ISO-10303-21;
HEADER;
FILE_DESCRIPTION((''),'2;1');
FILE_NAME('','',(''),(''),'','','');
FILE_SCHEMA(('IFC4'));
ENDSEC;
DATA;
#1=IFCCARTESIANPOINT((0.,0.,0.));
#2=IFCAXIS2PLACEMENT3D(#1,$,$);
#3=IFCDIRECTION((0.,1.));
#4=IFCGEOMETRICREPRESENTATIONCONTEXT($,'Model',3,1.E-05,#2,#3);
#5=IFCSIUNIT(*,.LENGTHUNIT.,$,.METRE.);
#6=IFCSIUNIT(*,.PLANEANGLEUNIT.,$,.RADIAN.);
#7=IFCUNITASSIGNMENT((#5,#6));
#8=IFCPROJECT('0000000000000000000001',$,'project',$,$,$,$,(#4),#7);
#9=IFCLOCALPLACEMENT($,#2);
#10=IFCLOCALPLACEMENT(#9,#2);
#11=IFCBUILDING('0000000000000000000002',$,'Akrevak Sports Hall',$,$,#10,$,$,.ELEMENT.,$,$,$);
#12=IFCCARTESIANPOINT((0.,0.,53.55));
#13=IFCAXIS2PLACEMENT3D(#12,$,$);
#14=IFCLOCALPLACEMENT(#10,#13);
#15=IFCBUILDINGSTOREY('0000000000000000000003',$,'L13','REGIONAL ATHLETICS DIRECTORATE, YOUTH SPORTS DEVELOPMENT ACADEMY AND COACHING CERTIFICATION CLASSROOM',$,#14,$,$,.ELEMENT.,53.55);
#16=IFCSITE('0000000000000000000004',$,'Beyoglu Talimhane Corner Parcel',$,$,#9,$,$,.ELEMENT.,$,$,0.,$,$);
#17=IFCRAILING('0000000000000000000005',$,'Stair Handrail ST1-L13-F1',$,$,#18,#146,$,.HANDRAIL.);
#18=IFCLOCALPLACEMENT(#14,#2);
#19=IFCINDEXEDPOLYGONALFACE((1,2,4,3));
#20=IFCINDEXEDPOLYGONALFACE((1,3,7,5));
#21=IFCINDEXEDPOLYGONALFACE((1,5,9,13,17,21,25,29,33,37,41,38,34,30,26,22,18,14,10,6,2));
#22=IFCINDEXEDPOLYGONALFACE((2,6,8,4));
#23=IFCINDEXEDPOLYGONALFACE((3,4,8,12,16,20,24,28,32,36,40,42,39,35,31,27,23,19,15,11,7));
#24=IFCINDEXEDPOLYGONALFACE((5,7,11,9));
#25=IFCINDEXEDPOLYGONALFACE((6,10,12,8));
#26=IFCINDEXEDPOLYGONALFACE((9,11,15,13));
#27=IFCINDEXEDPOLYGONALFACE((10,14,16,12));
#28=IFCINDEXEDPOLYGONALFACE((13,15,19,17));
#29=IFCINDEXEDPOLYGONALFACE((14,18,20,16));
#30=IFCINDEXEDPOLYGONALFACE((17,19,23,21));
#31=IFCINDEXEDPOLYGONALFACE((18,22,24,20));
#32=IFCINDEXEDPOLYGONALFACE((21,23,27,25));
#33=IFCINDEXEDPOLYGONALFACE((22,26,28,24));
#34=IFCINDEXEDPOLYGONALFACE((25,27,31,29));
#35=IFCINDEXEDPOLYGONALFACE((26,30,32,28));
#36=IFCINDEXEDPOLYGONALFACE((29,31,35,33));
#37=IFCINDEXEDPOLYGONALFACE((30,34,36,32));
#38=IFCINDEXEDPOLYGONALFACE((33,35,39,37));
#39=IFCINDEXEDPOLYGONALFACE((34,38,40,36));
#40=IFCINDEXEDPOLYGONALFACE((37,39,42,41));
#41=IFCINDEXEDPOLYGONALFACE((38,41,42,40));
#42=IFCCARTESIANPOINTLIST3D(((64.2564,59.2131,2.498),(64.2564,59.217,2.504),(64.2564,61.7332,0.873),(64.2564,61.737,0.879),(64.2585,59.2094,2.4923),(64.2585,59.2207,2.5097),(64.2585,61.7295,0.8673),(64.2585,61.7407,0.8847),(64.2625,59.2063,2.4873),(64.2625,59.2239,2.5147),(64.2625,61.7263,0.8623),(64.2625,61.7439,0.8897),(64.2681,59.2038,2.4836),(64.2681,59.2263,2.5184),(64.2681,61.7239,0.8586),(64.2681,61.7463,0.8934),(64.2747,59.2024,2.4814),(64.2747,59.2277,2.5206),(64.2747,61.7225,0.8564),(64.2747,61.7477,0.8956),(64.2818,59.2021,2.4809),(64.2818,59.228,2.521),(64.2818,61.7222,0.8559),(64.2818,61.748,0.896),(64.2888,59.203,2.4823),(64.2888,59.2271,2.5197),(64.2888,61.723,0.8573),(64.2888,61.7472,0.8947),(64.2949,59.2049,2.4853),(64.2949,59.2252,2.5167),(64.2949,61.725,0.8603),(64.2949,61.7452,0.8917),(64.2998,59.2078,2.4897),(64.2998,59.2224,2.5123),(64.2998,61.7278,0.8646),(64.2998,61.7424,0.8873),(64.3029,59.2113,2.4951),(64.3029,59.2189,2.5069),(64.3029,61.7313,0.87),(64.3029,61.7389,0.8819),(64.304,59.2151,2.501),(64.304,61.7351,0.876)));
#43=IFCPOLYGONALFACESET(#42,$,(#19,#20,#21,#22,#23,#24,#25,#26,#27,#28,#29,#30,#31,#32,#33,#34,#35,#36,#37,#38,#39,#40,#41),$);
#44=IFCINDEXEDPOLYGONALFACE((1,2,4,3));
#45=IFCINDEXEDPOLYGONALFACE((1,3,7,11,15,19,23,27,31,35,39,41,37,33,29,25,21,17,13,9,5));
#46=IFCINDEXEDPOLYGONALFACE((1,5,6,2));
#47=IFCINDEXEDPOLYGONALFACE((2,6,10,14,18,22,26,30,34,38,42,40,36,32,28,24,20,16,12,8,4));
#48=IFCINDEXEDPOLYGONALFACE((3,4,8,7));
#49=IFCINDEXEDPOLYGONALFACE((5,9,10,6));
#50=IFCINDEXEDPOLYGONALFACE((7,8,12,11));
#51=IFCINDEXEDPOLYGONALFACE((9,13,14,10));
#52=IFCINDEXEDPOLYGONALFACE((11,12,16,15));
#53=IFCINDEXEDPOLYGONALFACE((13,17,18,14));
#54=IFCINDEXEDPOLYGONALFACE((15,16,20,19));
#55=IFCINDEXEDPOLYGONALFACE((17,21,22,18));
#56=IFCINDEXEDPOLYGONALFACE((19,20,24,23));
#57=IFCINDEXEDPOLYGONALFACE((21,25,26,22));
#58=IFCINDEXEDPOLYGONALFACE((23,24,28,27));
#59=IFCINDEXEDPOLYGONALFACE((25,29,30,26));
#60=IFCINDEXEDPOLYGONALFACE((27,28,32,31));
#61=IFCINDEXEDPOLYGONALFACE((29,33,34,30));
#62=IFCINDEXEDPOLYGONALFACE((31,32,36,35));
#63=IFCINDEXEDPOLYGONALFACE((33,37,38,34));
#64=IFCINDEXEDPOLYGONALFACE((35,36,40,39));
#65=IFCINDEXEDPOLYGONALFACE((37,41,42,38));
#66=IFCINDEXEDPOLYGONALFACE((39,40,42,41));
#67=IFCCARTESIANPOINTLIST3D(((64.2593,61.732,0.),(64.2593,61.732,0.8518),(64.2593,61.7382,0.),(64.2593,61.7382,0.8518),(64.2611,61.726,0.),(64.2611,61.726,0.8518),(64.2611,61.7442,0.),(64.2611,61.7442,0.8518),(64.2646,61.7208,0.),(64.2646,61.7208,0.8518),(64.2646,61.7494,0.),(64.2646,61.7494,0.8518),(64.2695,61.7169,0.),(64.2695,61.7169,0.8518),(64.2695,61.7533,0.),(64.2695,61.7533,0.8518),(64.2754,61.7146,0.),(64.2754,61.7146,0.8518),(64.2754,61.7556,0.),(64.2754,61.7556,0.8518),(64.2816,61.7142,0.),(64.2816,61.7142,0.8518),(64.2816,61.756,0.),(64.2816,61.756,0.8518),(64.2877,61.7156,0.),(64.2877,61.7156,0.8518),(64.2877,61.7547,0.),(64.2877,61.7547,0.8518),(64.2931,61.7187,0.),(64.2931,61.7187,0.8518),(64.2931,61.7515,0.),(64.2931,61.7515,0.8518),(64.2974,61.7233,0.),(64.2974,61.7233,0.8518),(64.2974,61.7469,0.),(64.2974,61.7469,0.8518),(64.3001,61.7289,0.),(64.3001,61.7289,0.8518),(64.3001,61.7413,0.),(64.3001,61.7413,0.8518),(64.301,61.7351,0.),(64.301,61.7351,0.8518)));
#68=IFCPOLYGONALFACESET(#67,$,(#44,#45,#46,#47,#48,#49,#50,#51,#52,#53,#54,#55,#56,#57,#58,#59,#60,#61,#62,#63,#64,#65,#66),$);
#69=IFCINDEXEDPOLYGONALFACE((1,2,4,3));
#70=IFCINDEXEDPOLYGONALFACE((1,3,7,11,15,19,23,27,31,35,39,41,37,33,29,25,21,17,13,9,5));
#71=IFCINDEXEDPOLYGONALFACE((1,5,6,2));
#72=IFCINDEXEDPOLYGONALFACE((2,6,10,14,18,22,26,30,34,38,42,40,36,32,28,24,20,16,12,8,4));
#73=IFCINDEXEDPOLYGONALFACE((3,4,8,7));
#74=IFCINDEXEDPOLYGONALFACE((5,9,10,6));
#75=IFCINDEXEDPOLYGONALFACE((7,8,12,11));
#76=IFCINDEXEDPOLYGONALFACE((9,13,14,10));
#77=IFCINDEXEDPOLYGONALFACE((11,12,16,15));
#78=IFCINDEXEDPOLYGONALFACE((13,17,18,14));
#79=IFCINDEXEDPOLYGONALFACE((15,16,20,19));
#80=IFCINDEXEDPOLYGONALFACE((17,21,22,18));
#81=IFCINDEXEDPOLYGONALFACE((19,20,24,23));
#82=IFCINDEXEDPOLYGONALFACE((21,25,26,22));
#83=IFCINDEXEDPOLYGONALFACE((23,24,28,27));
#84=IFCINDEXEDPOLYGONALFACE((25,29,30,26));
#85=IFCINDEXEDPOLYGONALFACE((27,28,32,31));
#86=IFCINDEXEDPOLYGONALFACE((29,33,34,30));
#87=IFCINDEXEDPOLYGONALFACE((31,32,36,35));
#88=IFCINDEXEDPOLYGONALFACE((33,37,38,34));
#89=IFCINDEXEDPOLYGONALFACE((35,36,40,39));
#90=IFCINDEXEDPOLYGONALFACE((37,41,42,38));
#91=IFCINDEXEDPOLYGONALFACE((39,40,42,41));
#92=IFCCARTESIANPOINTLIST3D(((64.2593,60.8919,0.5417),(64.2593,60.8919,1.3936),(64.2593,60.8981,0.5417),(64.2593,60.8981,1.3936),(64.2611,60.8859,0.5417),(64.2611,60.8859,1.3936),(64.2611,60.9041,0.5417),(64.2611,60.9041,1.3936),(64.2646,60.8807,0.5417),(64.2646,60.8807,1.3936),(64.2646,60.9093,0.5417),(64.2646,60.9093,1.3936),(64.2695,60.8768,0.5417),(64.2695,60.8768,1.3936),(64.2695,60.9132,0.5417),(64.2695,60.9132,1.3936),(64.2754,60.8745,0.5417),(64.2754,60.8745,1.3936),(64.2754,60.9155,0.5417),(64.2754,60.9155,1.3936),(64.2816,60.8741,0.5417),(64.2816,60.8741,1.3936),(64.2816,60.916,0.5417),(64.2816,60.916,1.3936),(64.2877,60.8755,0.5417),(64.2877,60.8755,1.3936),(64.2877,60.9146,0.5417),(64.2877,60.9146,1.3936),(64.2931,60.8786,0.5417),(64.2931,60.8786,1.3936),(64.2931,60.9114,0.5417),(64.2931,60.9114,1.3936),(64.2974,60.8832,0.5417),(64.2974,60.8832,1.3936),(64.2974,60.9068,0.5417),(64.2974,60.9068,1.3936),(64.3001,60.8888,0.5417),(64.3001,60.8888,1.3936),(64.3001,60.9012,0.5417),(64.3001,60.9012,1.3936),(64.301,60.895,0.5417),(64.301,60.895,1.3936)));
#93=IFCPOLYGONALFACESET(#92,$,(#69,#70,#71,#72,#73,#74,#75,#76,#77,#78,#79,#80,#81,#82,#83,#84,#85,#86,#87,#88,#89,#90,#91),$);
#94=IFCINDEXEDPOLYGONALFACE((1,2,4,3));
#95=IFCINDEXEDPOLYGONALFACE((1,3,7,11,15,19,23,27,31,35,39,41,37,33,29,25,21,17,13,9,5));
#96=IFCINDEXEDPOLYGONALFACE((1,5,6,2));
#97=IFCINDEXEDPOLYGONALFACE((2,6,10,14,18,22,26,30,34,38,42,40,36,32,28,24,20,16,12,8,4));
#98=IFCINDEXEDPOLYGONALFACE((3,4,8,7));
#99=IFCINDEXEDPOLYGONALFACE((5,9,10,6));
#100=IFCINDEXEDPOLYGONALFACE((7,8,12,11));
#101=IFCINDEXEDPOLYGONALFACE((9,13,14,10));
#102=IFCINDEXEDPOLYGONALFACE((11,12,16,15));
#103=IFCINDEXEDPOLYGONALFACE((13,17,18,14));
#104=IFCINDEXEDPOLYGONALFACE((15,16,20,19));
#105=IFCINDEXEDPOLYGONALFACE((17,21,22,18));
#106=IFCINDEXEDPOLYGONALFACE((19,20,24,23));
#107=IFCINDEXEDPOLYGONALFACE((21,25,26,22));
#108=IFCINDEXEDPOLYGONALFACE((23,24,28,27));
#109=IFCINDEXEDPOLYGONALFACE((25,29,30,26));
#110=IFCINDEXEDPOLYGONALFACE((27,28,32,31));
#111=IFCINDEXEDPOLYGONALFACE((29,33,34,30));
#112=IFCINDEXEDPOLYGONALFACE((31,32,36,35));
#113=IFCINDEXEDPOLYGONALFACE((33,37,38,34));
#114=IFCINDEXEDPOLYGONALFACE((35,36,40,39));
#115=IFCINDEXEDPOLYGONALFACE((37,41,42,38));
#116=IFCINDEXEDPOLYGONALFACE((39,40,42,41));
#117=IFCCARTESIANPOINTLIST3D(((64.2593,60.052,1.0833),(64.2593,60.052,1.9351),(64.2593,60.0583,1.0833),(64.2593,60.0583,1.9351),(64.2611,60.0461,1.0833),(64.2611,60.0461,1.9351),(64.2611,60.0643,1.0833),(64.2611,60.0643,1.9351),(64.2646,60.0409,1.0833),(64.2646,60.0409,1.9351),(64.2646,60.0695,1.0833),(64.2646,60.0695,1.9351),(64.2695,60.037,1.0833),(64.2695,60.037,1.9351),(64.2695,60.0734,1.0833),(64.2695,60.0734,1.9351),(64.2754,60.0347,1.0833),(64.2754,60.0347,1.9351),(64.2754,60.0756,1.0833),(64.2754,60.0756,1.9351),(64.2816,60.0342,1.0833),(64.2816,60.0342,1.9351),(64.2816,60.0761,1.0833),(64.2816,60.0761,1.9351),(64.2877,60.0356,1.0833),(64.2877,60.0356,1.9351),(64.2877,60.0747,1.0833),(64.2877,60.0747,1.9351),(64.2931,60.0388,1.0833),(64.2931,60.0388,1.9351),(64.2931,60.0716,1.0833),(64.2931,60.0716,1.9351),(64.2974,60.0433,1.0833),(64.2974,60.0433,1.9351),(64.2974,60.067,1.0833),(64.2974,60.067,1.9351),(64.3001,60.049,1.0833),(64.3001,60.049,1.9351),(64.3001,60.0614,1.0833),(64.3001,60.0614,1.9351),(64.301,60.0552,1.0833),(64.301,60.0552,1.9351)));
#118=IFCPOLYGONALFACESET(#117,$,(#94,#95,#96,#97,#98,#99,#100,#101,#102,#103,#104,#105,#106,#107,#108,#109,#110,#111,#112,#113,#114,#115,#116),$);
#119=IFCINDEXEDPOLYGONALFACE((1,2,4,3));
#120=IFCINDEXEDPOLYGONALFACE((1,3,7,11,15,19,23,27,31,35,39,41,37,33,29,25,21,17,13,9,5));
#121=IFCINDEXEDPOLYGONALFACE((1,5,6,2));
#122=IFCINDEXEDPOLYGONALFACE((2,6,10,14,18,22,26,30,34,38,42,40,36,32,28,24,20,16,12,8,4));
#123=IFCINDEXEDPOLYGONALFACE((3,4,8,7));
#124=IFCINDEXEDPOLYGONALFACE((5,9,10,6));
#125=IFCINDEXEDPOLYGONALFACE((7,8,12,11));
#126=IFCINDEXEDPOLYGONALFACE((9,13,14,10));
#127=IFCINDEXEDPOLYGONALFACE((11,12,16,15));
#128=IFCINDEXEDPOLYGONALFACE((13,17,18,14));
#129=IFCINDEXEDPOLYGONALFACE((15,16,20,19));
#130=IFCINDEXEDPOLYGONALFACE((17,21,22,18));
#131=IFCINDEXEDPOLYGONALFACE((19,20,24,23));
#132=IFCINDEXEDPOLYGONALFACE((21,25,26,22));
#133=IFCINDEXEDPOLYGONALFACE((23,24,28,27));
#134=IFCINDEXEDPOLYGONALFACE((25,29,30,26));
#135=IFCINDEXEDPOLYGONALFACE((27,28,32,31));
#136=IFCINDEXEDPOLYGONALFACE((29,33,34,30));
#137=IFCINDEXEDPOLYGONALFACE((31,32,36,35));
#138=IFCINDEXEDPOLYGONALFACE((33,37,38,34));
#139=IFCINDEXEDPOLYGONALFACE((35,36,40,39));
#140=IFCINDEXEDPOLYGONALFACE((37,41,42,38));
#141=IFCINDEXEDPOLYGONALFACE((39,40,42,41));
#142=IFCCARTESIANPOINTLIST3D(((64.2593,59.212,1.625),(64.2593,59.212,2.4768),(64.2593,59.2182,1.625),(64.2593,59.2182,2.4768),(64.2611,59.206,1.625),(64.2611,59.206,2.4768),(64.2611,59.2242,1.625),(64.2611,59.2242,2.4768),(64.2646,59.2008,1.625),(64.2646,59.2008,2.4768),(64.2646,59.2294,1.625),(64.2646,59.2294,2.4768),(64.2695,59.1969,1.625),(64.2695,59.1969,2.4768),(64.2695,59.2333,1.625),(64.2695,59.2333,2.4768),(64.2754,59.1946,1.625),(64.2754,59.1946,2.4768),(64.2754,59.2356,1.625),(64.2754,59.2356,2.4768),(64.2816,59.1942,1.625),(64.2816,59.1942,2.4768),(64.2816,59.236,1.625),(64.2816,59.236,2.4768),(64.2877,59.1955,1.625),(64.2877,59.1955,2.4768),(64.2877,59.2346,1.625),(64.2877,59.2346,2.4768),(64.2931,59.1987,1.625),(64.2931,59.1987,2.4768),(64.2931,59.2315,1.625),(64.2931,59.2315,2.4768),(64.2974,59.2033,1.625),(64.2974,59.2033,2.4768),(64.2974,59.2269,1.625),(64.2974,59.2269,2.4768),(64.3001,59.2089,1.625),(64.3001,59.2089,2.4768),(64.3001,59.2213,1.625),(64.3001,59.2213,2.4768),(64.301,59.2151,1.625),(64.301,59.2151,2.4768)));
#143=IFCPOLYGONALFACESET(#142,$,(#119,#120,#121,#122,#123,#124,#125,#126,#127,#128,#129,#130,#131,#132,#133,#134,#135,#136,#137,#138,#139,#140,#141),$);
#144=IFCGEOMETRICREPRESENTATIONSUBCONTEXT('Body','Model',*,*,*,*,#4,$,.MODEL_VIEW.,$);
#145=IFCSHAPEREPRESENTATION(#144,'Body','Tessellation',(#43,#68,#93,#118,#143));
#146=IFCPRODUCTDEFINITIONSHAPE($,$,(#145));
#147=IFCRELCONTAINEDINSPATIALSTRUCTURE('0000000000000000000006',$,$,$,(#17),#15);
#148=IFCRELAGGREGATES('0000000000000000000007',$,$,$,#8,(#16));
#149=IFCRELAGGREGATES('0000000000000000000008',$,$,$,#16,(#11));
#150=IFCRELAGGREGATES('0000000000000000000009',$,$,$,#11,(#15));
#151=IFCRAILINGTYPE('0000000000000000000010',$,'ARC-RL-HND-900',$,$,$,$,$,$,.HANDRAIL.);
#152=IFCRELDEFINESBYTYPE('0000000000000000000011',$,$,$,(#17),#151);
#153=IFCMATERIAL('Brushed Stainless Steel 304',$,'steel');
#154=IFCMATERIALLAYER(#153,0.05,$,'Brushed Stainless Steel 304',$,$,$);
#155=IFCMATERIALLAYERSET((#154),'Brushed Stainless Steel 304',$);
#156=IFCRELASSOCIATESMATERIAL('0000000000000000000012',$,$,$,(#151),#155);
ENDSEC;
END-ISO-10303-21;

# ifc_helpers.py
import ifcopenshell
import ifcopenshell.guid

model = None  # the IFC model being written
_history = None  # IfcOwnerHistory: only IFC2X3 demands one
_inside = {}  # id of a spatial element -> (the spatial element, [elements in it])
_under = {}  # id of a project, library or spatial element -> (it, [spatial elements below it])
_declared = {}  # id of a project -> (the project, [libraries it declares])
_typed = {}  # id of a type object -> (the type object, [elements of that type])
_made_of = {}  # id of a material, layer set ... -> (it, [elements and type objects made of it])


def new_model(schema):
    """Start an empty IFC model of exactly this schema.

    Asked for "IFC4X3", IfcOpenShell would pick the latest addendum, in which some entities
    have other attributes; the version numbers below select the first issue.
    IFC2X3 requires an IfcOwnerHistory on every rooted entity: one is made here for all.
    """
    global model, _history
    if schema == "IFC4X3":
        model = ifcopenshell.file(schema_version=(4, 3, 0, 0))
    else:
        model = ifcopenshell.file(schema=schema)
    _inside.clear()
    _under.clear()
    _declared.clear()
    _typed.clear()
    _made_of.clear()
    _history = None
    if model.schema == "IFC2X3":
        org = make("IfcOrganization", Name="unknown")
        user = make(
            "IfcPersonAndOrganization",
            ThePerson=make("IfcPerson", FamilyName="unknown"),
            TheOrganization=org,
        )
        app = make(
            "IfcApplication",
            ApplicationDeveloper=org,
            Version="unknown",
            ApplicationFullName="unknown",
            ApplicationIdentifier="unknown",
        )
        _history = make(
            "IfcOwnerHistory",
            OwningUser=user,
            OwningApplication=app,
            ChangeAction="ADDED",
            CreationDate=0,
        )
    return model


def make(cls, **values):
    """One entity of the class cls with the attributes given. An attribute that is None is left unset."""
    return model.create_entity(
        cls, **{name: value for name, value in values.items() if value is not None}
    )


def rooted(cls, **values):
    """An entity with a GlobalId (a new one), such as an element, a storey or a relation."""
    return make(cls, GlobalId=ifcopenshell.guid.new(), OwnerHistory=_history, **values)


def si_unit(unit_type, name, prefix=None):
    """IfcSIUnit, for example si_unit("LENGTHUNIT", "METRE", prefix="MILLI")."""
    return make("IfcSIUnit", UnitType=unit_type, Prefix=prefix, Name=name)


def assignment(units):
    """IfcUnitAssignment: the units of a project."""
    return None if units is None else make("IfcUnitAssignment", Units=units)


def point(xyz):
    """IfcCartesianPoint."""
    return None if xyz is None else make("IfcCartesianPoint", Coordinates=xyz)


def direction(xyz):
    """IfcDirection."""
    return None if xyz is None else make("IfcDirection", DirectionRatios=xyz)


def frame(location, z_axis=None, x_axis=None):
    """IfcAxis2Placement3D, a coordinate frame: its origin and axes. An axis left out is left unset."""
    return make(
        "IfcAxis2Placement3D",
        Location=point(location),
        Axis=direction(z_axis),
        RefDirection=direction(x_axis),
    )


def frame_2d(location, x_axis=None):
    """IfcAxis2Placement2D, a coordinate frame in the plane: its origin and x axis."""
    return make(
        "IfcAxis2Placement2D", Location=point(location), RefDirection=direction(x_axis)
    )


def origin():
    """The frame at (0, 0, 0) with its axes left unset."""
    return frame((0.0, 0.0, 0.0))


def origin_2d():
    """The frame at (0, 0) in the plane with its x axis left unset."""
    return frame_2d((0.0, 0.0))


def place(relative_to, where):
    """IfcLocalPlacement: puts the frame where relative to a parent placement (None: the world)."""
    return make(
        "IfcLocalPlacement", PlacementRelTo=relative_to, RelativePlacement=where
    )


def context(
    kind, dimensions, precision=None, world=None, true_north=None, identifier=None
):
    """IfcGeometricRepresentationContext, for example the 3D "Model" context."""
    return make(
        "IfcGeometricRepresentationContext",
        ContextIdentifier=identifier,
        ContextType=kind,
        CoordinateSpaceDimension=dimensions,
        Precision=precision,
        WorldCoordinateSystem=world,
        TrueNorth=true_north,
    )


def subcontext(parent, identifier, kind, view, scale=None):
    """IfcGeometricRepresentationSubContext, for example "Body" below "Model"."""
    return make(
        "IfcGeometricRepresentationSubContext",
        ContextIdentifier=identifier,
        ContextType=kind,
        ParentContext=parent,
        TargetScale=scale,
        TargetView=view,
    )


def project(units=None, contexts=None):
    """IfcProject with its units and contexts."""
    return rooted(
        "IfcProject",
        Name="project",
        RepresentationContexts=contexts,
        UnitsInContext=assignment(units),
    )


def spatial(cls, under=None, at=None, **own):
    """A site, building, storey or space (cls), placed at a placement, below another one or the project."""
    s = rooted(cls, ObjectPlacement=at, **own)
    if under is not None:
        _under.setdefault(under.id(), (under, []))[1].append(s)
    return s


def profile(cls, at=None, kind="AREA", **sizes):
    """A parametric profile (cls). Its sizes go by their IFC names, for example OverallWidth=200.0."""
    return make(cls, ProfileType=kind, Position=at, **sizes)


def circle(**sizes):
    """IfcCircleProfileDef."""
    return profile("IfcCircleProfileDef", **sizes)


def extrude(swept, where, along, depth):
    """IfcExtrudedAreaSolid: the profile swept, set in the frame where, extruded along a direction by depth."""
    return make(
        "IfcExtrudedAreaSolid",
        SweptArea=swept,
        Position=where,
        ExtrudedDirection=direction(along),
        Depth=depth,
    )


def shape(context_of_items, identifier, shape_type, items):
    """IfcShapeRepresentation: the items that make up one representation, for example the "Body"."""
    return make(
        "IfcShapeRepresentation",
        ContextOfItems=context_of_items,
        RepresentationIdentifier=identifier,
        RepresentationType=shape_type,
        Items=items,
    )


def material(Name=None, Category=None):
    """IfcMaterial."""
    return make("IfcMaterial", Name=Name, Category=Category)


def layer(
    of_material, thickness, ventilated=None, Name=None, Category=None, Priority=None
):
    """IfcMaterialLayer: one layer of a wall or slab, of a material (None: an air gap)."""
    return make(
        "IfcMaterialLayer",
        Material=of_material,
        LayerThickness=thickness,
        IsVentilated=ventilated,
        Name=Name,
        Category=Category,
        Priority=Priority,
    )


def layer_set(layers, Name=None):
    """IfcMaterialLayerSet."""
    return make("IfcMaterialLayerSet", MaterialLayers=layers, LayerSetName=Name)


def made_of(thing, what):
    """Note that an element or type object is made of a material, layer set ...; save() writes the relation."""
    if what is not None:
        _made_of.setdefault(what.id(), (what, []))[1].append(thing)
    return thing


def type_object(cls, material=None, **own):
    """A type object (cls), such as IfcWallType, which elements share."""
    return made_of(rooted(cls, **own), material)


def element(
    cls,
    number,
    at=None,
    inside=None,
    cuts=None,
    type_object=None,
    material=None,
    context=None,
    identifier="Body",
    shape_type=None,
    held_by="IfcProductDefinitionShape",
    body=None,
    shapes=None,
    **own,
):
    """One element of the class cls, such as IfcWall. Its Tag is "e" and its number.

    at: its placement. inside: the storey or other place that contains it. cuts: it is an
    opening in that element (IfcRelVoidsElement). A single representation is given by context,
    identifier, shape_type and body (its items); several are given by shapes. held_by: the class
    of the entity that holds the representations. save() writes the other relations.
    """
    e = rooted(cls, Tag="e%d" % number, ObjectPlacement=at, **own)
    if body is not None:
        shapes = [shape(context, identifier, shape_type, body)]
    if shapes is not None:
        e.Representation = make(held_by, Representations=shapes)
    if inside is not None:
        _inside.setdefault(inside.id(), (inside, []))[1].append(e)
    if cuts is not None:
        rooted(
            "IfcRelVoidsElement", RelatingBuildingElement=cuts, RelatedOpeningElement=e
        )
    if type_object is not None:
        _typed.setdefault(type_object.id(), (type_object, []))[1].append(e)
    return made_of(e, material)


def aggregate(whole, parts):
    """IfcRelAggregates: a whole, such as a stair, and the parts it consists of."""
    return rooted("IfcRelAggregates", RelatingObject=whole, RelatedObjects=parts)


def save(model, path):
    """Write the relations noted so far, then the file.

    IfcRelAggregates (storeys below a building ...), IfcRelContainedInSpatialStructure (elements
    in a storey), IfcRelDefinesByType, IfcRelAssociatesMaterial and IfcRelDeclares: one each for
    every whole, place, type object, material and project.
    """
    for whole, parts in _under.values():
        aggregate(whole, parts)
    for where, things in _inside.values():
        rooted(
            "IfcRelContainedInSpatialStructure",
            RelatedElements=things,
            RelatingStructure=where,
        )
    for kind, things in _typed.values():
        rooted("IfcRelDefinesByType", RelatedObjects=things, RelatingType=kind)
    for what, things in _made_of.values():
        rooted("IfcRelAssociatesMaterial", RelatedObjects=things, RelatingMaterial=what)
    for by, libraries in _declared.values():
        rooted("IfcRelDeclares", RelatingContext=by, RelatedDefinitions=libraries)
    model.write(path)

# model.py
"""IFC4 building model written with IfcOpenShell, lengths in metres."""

from ifc_helpers import new_model, si_unit, direction, frame, origin, origin_2d, place, context, subcontext, project, spatial, circle, extrude, material, layer, layer_set, type_object, element, save


model = new_model("IFC4")

# Units and contexts
model_context = context("Model", 3, precision=1e-05, world=origin(), true_north=direction((0.0, 1.0)))
body_context = subcontext(model_context, "Body", "Model", "MODEL_VIEW")
ifc_project = project(units=[si_unit("LENGTHUNIT", "METRE"), si_unit("PLANEANGLEUNIT", "RADIAN")], contexts=[model_context])

# Site, building, storey
site_placement = place(None, origin())
site = spatial("IfcSite", under=ifc_project, at=site_placement, Name="Beyoglu Talimhane Corner Parcel", CompositionType="ELEMENT", RefElevation=0.0)
building_placement = place(site_placement, origin())
building = spatial("IfcBuilding", under=site, at=building_placement, Name="Akrevak Sports Hall", CompositionType="ELEMENT")
storey_placement = place(building_placement, frame((0.0, 0.0, 53.55)))
storey = spatial("IfcBuildingStorey", under=building, at=storey_placement, Name="L13", Description="REGIONAL ATHLETICS DIRECTORATE, YOUTH SPORTS DEVELOPMENT ACADEMY AND COACHING CERTIFICATION CLASSROOM", CompositionType="ELEMENT", Elevation=53.55)

# Shared definitions
ifc_material_1 = material(Name="Brushed Stainless Steel 304", Category="steel")

# Railing
ifc_layer_1 = layer(ifc_material_1, 0.05, Name="Brushed Stainless Steel 304")
ifc_layer_set_1 = layer_set([ifc_layer_1], Name="Brushed Stainless Steel 304")
railing_type_1 = type_object("IfcRailingType", Name="ARC-RL-HND-900", PredefinedType="HANDRAIL", material=ifc_layer_set_1)
railing_1_placement = place(storey_placement, frame((64.28, 61.7351, 0.0)))
element("IfcRailing", 1, at=railing_1_placement, inside=storey, type_object=railing_type_1, Name="Stair Handrail ST1-L13-F1", PredefinedType="HANDRAIL", context=body_context, shape_type="SweptSolid", body=[
    extrude(circle(Radius=0.0239, at=origin_2d()), frame((0.0, 0.0, 0.876), z_axis=(0.0, -0.840421, 0.541934), x_axis=(1.0, 0.0, 0.0)), (0.0, 0.0, 1.0), 2.9985),
    extrude(circle(Radius=0.021, at=origin_2d()), origin(), (0.0, 0.0, 1.0), 0.8518),
    extrude(circle(Radius=0.021, at=origin_2d()), frame((0.0, -0.8401, 0.5417)), (0.0, 0.0, 1.0), 0.8518),
    extrude(circle(Radius=0.021, at=origin_2d()), frame((0.0, -1.6799, 1.0833)), (0.0, 0.0, 1.0), 0.8518),
    extrude(circle(Radius=0.021, at=origin_2d()), frame((0.0, -2.52, 1.625)), (0.0, 0.0, 1.0), 0.8518),
])

save(model, "model.ifc")
